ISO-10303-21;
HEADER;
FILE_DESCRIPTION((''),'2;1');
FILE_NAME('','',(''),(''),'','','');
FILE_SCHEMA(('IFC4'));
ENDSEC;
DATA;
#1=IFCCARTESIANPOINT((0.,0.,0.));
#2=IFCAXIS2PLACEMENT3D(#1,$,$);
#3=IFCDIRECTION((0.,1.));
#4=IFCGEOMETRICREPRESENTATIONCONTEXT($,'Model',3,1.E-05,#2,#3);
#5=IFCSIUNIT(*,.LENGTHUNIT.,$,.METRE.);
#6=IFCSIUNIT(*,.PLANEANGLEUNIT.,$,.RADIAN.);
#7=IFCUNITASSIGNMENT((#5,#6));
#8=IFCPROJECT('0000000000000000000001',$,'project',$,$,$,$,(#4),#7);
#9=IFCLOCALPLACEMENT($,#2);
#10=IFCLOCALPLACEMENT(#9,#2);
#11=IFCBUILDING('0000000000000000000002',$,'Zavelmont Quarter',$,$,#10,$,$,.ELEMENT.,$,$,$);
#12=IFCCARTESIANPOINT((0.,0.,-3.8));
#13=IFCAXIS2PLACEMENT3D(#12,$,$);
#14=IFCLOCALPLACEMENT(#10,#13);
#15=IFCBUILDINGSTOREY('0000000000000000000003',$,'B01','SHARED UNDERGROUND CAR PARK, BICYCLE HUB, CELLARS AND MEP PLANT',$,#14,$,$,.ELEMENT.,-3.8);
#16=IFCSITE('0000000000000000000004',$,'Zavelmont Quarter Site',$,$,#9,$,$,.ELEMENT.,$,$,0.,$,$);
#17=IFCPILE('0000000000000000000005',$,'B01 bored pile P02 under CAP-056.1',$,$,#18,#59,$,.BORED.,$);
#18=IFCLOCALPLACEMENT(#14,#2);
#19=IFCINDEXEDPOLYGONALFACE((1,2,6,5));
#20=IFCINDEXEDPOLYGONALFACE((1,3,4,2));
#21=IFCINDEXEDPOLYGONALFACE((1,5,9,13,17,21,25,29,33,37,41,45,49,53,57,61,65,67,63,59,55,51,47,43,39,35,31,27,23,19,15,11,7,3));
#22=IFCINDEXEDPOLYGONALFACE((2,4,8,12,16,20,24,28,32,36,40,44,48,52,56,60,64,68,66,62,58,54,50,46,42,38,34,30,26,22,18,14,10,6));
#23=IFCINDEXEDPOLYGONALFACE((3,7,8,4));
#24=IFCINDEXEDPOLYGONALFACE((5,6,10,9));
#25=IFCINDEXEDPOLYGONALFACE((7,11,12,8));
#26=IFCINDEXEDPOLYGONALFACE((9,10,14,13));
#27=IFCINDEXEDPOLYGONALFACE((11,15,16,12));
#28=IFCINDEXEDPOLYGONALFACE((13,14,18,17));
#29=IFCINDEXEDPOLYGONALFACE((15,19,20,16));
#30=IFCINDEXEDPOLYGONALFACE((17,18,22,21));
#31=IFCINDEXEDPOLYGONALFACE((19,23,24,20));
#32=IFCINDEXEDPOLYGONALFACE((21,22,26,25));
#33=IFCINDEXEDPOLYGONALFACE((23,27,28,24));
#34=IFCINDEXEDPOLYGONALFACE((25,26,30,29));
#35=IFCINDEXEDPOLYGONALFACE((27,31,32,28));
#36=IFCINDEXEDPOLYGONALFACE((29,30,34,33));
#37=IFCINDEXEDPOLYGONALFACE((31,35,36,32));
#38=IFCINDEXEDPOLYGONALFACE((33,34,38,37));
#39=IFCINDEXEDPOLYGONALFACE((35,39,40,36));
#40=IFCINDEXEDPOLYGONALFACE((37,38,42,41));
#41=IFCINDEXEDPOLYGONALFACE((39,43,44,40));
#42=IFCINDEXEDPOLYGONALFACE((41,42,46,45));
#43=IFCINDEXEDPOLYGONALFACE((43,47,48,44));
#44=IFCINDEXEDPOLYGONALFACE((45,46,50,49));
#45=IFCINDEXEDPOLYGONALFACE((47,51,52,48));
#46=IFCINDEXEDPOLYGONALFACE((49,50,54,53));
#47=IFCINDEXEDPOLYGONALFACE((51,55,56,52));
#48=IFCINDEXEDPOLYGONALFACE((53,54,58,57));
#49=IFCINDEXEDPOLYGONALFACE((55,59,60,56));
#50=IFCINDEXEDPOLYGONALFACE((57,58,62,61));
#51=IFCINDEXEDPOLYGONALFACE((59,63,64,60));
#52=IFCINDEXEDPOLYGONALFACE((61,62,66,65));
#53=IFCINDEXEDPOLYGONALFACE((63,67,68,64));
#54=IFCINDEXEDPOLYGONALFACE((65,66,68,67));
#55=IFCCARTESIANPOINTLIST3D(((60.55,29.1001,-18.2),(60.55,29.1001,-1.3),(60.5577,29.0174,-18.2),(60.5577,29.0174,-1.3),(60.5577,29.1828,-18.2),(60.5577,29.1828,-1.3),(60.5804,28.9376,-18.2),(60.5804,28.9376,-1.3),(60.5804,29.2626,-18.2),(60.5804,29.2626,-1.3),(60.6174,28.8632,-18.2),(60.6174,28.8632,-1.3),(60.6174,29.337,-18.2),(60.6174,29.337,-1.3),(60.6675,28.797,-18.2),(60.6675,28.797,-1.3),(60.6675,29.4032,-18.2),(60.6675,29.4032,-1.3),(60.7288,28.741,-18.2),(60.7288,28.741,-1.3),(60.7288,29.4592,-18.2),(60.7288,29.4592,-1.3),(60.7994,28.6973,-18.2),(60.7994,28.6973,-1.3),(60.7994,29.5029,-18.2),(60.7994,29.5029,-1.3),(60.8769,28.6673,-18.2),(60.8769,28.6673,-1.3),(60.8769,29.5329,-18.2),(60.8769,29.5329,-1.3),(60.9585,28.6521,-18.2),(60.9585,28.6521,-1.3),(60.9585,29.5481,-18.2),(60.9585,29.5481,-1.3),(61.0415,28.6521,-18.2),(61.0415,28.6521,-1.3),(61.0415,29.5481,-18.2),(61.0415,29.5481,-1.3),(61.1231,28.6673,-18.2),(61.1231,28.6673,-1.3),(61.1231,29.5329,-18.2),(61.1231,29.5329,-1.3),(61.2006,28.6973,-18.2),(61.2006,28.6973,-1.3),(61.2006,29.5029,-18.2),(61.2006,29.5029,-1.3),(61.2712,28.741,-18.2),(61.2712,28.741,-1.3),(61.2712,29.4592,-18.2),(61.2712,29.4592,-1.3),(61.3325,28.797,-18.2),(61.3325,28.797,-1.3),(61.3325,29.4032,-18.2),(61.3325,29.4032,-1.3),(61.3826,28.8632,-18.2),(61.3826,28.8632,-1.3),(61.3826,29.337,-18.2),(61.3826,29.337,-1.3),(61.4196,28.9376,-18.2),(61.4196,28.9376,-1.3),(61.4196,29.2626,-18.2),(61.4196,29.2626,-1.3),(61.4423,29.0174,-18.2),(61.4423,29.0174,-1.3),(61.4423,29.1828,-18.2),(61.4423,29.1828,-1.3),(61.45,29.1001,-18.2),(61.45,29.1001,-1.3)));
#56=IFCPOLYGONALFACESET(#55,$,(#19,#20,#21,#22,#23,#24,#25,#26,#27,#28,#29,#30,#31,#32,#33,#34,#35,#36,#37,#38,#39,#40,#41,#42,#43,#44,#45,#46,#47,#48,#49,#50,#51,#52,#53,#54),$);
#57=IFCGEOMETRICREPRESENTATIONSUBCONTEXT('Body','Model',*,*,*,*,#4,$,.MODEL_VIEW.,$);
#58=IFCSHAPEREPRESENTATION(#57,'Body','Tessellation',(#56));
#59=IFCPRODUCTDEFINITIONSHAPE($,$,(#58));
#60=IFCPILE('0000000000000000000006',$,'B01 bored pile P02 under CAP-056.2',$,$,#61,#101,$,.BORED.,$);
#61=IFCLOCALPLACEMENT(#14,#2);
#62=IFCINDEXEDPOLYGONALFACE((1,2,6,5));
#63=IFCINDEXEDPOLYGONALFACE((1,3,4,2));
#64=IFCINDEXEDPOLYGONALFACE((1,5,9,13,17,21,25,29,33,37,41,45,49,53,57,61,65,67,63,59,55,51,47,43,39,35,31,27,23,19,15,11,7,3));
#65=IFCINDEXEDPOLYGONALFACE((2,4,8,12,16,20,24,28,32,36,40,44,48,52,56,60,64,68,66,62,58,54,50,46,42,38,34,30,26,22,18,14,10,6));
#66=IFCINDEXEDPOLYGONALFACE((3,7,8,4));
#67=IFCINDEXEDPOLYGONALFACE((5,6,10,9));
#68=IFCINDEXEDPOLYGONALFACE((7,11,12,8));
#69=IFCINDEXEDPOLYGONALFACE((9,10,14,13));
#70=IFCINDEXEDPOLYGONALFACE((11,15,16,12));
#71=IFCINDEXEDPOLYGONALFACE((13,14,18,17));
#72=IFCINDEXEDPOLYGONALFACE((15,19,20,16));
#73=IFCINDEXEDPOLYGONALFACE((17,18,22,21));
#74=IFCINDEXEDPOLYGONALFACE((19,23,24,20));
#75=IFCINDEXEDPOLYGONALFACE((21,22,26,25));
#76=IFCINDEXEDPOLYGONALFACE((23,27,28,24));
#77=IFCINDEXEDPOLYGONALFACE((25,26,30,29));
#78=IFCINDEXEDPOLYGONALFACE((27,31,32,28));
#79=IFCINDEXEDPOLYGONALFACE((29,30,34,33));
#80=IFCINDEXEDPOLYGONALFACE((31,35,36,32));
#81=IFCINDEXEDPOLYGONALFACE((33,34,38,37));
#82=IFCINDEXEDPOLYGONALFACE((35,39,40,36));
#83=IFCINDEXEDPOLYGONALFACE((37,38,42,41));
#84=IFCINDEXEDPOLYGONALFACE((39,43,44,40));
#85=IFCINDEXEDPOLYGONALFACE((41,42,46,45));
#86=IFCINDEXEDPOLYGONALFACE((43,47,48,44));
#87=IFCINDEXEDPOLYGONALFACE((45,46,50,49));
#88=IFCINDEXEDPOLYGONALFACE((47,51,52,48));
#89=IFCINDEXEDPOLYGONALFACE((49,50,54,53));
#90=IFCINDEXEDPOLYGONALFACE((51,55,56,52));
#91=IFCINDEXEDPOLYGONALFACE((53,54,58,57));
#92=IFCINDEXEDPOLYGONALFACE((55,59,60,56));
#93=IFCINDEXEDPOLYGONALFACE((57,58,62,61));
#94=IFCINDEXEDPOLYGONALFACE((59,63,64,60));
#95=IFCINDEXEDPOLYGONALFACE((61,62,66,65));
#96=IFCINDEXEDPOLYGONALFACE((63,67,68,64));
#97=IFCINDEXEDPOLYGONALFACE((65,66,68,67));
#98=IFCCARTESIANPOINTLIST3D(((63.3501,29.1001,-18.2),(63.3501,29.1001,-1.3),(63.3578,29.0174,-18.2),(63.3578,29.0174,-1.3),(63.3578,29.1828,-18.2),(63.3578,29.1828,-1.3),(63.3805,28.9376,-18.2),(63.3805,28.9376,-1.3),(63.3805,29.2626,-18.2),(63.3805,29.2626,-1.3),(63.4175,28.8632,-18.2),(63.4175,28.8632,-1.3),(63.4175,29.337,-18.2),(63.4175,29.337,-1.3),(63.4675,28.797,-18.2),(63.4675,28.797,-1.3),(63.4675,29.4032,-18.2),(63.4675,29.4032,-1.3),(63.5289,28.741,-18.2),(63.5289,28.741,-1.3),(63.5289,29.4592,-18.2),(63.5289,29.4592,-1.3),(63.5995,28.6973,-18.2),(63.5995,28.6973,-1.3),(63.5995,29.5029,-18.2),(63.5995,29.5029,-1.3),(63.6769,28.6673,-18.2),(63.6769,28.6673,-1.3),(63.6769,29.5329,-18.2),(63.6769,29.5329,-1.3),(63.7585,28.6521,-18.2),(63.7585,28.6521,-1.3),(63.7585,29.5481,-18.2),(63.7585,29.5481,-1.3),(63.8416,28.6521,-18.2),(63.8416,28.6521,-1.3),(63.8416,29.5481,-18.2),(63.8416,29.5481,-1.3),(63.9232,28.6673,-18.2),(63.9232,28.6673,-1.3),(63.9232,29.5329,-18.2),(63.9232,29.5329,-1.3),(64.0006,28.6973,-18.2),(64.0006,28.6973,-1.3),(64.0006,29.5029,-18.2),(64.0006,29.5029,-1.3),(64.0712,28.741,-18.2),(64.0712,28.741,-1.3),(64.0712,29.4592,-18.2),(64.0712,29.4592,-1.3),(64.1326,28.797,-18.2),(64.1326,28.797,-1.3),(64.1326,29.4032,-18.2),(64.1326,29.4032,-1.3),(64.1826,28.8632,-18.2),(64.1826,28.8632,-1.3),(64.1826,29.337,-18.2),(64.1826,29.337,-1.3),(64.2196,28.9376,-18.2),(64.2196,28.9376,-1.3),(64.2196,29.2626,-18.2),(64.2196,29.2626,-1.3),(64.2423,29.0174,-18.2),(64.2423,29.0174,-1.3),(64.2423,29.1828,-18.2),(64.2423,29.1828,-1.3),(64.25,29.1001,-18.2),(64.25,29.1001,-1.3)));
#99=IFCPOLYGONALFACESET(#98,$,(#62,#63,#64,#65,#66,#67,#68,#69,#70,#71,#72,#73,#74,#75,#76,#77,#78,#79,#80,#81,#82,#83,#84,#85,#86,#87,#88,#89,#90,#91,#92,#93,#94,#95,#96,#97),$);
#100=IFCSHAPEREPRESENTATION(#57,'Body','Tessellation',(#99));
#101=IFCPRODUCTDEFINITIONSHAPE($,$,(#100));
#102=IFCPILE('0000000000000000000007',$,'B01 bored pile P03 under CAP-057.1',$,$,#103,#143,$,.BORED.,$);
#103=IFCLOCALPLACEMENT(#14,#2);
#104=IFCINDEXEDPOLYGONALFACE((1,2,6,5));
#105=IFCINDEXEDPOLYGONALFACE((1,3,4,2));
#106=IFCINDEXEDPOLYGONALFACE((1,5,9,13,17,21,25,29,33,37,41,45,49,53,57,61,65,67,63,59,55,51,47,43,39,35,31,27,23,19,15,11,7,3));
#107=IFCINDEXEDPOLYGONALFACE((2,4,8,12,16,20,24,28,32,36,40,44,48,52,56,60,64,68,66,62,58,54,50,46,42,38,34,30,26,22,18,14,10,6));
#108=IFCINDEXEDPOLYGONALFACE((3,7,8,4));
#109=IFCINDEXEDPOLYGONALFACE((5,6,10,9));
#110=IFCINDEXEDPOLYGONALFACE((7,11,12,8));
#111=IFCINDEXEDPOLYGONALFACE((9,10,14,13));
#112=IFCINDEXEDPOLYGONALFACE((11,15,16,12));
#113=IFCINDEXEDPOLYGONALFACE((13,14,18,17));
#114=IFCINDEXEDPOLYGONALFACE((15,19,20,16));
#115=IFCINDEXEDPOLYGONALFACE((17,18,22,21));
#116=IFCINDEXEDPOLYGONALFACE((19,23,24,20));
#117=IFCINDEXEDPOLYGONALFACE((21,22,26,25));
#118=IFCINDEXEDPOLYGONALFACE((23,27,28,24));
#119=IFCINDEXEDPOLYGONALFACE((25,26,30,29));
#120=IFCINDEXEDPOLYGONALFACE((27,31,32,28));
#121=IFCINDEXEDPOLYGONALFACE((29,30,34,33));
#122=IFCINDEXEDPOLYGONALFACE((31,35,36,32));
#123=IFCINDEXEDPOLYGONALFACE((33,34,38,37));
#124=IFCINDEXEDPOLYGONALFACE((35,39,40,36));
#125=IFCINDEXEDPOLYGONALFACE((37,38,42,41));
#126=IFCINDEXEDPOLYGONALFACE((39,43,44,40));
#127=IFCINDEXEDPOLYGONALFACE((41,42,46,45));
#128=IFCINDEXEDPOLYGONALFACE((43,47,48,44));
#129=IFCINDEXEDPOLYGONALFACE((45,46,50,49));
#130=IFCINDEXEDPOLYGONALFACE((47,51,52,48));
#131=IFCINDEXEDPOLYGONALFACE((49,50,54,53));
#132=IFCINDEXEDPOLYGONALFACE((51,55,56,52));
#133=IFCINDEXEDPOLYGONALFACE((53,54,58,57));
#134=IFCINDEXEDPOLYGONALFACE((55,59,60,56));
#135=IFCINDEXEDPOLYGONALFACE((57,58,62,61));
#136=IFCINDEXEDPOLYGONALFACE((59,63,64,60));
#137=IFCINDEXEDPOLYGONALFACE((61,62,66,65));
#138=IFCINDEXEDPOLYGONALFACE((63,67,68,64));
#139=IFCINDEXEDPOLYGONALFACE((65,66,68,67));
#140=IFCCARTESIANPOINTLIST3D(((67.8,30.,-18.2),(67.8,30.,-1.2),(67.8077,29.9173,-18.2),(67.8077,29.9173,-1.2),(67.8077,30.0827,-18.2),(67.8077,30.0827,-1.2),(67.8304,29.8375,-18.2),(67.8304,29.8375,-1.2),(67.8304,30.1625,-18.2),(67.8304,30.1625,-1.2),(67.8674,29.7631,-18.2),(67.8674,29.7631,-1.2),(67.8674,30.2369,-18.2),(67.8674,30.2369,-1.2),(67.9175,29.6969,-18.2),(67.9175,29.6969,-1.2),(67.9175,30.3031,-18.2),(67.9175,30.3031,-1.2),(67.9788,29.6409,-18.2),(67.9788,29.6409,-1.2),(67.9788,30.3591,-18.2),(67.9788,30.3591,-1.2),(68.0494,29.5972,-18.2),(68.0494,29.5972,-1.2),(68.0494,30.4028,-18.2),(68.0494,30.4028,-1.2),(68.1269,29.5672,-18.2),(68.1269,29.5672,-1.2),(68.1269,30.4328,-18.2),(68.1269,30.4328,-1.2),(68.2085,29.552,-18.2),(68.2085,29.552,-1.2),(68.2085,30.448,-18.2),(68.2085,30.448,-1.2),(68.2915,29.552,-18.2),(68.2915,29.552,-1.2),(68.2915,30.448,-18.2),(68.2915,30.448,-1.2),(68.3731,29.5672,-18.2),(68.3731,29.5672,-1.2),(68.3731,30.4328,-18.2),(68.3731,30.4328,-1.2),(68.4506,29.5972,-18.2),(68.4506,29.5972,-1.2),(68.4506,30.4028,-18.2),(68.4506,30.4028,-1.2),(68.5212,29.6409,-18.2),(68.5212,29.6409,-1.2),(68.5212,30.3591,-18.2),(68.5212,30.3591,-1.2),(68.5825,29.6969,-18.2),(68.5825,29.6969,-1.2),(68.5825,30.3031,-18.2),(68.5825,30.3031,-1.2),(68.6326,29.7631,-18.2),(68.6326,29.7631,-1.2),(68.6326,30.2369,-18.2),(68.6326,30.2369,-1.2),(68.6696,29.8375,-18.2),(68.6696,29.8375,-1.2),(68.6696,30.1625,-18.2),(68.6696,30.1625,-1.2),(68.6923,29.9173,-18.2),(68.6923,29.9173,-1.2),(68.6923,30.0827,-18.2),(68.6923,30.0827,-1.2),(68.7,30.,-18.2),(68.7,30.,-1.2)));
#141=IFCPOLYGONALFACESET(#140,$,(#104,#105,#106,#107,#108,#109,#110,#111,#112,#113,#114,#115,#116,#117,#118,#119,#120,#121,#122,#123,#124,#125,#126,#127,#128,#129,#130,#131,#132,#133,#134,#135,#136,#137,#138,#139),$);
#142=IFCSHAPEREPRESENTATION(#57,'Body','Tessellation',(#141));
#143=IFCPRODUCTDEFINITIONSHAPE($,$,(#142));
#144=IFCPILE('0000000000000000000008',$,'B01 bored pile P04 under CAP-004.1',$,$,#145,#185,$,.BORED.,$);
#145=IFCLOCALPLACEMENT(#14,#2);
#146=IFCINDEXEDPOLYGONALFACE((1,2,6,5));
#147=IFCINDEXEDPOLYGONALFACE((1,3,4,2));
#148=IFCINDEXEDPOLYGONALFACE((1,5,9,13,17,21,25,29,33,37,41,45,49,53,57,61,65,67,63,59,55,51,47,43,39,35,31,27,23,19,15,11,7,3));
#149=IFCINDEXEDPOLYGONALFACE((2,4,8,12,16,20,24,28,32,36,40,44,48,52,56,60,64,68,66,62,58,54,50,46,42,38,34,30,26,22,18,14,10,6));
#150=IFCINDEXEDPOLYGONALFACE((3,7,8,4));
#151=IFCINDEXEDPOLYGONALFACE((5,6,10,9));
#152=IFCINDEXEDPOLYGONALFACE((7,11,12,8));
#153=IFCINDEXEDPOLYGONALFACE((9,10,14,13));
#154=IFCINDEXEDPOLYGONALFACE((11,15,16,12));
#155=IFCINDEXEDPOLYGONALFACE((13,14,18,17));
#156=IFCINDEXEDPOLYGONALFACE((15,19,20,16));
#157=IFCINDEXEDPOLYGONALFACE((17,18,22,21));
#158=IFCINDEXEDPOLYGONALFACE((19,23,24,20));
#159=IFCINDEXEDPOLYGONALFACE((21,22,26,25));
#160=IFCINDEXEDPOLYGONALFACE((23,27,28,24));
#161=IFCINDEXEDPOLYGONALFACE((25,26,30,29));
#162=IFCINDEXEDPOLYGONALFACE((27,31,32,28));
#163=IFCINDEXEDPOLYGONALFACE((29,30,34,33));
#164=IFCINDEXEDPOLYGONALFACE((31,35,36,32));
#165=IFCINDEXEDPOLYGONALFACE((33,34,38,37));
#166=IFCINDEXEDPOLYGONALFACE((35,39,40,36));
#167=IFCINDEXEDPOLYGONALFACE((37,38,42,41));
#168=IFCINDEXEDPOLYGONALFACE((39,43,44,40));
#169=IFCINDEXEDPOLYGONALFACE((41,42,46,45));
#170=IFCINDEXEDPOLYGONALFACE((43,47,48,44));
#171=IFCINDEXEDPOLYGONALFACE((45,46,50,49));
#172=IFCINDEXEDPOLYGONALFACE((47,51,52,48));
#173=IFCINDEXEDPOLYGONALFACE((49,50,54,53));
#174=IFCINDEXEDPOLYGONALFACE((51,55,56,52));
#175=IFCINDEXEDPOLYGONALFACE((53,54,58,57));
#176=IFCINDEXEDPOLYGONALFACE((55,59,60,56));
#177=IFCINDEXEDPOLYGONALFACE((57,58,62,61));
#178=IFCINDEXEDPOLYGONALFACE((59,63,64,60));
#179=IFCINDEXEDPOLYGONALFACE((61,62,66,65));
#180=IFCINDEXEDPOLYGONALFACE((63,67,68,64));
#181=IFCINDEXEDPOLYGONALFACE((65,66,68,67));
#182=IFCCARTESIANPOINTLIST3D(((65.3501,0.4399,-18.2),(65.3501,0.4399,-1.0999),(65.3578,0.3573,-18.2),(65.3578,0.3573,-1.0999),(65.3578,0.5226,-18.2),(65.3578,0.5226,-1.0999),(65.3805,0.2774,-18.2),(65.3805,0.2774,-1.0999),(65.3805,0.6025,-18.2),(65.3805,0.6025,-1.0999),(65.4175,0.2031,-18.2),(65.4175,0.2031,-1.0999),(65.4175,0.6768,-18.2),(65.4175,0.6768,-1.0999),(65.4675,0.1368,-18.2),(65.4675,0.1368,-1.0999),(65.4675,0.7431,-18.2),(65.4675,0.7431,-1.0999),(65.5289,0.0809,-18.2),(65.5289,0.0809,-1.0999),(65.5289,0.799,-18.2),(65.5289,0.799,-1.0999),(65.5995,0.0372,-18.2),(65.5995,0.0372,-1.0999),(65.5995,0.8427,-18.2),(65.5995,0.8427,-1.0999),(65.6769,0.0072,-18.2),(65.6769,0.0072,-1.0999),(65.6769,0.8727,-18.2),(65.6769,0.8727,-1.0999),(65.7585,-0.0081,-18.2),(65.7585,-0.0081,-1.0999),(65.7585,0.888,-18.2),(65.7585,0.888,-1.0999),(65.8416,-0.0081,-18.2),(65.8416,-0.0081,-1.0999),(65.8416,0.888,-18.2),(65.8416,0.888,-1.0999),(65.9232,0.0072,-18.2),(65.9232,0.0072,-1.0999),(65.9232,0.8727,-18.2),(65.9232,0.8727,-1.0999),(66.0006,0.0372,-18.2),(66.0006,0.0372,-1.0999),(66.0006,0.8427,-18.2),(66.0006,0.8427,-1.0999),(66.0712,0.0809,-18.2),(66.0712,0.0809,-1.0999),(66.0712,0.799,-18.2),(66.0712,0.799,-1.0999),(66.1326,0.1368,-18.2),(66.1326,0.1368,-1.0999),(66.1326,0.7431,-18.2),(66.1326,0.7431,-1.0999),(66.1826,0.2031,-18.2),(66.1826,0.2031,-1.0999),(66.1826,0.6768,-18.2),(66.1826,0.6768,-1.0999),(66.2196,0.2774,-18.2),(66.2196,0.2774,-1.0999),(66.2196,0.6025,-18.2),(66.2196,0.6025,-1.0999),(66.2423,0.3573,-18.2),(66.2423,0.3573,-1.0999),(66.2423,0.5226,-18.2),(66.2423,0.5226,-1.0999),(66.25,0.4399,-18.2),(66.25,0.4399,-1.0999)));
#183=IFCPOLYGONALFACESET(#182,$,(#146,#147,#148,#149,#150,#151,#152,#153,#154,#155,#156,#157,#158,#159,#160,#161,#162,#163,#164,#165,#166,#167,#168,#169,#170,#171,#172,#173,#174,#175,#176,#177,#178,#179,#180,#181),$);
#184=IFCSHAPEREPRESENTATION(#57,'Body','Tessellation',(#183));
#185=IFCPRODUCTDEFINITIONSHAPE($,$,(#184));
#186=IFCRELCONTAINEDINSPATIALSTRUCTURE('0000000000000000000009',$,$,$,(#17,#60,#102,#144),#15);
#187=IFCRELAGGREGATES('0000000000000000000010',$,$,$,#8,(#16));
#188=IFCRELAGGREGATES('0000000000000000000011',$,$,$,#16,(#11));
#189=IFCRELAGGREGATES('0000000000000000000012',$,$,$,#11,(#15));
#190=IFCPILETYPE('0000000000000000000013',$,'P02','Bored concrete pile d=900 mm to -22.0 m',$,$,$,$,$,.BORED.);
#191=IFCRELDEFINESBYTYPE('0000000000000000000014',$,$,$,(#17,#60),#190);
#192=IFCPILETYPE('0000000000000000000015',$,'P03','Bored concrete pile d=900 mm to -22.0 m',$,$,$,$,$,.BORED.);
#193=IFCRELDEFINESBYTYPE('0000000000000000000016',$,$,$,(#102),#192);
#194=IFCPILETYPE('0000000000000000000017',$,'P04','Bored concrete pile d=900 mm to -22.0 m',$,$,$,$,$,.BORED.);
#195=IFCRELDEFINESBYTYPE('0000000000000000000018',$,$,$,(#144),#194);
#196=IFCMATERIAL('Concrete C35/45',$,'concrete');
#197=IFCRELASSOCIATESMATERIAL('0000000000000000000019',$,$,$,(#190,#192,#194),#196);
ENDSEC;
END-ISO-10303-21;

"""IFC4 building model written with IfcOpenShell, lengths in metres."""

from ifc_helpers import new_model, si_unit, direction, frame, origin, origin_2d, place, context, subcontext, project, spatial, circle, extrude, material, material_profile, profile_set, type_object, element, save


model = new_model("IFC4")

# Units and contexts
model_context = context("Model", 3, precision=1e-05, world=origin(), true_north=direction((0.0, 1.0)))
body_context = subcontext(model_context, "Body", "Model", "MODEL_VIEW")
ifc_project = project(units=[si_unit("LENGTHUNIT", "METRE"), si_unit("PLANEANGLEUNIT", "RADIAN")], contexts=[model_context])

# Site, building, storey
site_placement = place(None, origin())
site = spatial("IfcSite", under=ifc_project, at=site_placement, Name="Zavelmont Quarter Site", CompositionType="ELEMENT", RefElevation=0.0)
building_placement = place(site_placement, origin())
building = spatial("IfcBuilding", under=site, at=building_placement, Name="Zavelmont Quarter", CompositionType="ELEMENT")
storey_placement = place(building_placement, frame((0.0, 0.0, -3.8)))
storey = spatial("IfcBuildingStorey", under=building, at=storey_placement, Name="B01", Description="SHARED UNDERGROUND CAR PARK, BICYCLE HUB, CELLARS AND MEP PLANT", CompositionType="ELEMENT", Elevation=-3.8)

# Shared definitions
ifc_material_1 = material(Name="Concrete C35/45", Category="concrete")

# Piles
ifc_material_profile_1 = material_profile(ifc_material_1, circle(Radius=0.45, at=origin_2d()), Name="BP900")
ifc_profile_set_1 = profile_set([ifc_material_profile_1], Name="Concrete C35/45")
pile_type_1 = type_object("IfcPileType", Name="P02", Description="Bored concrete pile d=900 mm to -22.0 m", PredefinedType="BORED", material=ifc_profile_set_1)
for number, where, z_axis, x_axis, name in (
    (1, (61.0, 29.1001, -1.3), (0.0, 0.0, -1.0), (1.0, 0.0, 0.0), "B01 bored pile P02 under CAP-056.1"),
    (2, (63.8, 29.1001, -1.3), (0.0, 0.0, -1.0), (1.0, 0.0, 0.0), "B01 bored pile P02 under CAP-056.2"),
):
    element("IfcPile", number, at=place(storey_placement, frame(where, z_axis=z_axis, x_axis=x_axis)), inside=storey, type_object=pile_type_1, Name=name, PredefinedType="BORED", context=body_context, shape_type="SweptSolid", body=[
        extrude(circle(Radius=0.45, at=origin_2d()), origin(), (0.0, 0.0, 1.0), 16.8999),
    ])
ifc_material_profile_2 = material_profile(ifc_material_1, circle(Radius=0.45, at=origin_2d()), Name="BP900")
ifc_profile_set_2 = profile_set([ifc_material_profile_2], Name="Concrete C35/45")
pile_type_2 = type_object("IfcPileType", Name="P03", Description="Bored concrete pile d=900 mm to -22.0 m", PredefinedType="BORED", material=ifc_profile_set_2)
pile_placement = place(storey_placement, frame((68.25, 30.0, -1.2), z_axis=(0.0, 0.0, -1.0), x_axis=(1.0, 0.0, 0.0)))
element("IfcPile", 3, at=pile_placement, inside=storey, type_object=pile_type_2, Name="B01 bored pile P03 under CAP-057.1", PredefinedType="BORED", context=body_context, shape_type="SweptSolid", body=[
    extrude(circle(Radius=0.45, at=origin_2d()), origin(), (0.0, 0.0, 1.0), 17.0),
])
ifc_material_profile_3 = material_profile(ifc_material_1, circle(Radius=0.45, at=origin_2d()), Name="BP900")
ifc_profile_set_3 = profile_set([ifc_material_profile_3], Name="Concrete C35/45")
pile_type_3 = type_object("IfcPileType", Name="P04", Description="Bored concrete pile d=900 mm to -22.0 m", PredefinedType="BORED", material=ifc_profile_set_3)
for number, where, z_axis, x_axis, name in (
    (4, (65.8, 0.4399, -1.0999), (0.0, 0.0, -1.0), (1.0, 0.0, 0.0), "B01 bored pile P04 under CAP-004.1"),
):
    element("IfcPile", number, at=place(storey_placement, frame(where, z_axis=z_axis, x_axis=x_axis)), inside=storey, type_object=pile_type_3, Name=name, PredefinedType="BORED", context=body_context, shape_type="SweptSolid", body=[
        extrude(circle(Radius=0.45, at=origin_2d()), origin(), (0.0, 0.0, 1.0), 17.1001),
    ])

save(model, "model.ifc")
